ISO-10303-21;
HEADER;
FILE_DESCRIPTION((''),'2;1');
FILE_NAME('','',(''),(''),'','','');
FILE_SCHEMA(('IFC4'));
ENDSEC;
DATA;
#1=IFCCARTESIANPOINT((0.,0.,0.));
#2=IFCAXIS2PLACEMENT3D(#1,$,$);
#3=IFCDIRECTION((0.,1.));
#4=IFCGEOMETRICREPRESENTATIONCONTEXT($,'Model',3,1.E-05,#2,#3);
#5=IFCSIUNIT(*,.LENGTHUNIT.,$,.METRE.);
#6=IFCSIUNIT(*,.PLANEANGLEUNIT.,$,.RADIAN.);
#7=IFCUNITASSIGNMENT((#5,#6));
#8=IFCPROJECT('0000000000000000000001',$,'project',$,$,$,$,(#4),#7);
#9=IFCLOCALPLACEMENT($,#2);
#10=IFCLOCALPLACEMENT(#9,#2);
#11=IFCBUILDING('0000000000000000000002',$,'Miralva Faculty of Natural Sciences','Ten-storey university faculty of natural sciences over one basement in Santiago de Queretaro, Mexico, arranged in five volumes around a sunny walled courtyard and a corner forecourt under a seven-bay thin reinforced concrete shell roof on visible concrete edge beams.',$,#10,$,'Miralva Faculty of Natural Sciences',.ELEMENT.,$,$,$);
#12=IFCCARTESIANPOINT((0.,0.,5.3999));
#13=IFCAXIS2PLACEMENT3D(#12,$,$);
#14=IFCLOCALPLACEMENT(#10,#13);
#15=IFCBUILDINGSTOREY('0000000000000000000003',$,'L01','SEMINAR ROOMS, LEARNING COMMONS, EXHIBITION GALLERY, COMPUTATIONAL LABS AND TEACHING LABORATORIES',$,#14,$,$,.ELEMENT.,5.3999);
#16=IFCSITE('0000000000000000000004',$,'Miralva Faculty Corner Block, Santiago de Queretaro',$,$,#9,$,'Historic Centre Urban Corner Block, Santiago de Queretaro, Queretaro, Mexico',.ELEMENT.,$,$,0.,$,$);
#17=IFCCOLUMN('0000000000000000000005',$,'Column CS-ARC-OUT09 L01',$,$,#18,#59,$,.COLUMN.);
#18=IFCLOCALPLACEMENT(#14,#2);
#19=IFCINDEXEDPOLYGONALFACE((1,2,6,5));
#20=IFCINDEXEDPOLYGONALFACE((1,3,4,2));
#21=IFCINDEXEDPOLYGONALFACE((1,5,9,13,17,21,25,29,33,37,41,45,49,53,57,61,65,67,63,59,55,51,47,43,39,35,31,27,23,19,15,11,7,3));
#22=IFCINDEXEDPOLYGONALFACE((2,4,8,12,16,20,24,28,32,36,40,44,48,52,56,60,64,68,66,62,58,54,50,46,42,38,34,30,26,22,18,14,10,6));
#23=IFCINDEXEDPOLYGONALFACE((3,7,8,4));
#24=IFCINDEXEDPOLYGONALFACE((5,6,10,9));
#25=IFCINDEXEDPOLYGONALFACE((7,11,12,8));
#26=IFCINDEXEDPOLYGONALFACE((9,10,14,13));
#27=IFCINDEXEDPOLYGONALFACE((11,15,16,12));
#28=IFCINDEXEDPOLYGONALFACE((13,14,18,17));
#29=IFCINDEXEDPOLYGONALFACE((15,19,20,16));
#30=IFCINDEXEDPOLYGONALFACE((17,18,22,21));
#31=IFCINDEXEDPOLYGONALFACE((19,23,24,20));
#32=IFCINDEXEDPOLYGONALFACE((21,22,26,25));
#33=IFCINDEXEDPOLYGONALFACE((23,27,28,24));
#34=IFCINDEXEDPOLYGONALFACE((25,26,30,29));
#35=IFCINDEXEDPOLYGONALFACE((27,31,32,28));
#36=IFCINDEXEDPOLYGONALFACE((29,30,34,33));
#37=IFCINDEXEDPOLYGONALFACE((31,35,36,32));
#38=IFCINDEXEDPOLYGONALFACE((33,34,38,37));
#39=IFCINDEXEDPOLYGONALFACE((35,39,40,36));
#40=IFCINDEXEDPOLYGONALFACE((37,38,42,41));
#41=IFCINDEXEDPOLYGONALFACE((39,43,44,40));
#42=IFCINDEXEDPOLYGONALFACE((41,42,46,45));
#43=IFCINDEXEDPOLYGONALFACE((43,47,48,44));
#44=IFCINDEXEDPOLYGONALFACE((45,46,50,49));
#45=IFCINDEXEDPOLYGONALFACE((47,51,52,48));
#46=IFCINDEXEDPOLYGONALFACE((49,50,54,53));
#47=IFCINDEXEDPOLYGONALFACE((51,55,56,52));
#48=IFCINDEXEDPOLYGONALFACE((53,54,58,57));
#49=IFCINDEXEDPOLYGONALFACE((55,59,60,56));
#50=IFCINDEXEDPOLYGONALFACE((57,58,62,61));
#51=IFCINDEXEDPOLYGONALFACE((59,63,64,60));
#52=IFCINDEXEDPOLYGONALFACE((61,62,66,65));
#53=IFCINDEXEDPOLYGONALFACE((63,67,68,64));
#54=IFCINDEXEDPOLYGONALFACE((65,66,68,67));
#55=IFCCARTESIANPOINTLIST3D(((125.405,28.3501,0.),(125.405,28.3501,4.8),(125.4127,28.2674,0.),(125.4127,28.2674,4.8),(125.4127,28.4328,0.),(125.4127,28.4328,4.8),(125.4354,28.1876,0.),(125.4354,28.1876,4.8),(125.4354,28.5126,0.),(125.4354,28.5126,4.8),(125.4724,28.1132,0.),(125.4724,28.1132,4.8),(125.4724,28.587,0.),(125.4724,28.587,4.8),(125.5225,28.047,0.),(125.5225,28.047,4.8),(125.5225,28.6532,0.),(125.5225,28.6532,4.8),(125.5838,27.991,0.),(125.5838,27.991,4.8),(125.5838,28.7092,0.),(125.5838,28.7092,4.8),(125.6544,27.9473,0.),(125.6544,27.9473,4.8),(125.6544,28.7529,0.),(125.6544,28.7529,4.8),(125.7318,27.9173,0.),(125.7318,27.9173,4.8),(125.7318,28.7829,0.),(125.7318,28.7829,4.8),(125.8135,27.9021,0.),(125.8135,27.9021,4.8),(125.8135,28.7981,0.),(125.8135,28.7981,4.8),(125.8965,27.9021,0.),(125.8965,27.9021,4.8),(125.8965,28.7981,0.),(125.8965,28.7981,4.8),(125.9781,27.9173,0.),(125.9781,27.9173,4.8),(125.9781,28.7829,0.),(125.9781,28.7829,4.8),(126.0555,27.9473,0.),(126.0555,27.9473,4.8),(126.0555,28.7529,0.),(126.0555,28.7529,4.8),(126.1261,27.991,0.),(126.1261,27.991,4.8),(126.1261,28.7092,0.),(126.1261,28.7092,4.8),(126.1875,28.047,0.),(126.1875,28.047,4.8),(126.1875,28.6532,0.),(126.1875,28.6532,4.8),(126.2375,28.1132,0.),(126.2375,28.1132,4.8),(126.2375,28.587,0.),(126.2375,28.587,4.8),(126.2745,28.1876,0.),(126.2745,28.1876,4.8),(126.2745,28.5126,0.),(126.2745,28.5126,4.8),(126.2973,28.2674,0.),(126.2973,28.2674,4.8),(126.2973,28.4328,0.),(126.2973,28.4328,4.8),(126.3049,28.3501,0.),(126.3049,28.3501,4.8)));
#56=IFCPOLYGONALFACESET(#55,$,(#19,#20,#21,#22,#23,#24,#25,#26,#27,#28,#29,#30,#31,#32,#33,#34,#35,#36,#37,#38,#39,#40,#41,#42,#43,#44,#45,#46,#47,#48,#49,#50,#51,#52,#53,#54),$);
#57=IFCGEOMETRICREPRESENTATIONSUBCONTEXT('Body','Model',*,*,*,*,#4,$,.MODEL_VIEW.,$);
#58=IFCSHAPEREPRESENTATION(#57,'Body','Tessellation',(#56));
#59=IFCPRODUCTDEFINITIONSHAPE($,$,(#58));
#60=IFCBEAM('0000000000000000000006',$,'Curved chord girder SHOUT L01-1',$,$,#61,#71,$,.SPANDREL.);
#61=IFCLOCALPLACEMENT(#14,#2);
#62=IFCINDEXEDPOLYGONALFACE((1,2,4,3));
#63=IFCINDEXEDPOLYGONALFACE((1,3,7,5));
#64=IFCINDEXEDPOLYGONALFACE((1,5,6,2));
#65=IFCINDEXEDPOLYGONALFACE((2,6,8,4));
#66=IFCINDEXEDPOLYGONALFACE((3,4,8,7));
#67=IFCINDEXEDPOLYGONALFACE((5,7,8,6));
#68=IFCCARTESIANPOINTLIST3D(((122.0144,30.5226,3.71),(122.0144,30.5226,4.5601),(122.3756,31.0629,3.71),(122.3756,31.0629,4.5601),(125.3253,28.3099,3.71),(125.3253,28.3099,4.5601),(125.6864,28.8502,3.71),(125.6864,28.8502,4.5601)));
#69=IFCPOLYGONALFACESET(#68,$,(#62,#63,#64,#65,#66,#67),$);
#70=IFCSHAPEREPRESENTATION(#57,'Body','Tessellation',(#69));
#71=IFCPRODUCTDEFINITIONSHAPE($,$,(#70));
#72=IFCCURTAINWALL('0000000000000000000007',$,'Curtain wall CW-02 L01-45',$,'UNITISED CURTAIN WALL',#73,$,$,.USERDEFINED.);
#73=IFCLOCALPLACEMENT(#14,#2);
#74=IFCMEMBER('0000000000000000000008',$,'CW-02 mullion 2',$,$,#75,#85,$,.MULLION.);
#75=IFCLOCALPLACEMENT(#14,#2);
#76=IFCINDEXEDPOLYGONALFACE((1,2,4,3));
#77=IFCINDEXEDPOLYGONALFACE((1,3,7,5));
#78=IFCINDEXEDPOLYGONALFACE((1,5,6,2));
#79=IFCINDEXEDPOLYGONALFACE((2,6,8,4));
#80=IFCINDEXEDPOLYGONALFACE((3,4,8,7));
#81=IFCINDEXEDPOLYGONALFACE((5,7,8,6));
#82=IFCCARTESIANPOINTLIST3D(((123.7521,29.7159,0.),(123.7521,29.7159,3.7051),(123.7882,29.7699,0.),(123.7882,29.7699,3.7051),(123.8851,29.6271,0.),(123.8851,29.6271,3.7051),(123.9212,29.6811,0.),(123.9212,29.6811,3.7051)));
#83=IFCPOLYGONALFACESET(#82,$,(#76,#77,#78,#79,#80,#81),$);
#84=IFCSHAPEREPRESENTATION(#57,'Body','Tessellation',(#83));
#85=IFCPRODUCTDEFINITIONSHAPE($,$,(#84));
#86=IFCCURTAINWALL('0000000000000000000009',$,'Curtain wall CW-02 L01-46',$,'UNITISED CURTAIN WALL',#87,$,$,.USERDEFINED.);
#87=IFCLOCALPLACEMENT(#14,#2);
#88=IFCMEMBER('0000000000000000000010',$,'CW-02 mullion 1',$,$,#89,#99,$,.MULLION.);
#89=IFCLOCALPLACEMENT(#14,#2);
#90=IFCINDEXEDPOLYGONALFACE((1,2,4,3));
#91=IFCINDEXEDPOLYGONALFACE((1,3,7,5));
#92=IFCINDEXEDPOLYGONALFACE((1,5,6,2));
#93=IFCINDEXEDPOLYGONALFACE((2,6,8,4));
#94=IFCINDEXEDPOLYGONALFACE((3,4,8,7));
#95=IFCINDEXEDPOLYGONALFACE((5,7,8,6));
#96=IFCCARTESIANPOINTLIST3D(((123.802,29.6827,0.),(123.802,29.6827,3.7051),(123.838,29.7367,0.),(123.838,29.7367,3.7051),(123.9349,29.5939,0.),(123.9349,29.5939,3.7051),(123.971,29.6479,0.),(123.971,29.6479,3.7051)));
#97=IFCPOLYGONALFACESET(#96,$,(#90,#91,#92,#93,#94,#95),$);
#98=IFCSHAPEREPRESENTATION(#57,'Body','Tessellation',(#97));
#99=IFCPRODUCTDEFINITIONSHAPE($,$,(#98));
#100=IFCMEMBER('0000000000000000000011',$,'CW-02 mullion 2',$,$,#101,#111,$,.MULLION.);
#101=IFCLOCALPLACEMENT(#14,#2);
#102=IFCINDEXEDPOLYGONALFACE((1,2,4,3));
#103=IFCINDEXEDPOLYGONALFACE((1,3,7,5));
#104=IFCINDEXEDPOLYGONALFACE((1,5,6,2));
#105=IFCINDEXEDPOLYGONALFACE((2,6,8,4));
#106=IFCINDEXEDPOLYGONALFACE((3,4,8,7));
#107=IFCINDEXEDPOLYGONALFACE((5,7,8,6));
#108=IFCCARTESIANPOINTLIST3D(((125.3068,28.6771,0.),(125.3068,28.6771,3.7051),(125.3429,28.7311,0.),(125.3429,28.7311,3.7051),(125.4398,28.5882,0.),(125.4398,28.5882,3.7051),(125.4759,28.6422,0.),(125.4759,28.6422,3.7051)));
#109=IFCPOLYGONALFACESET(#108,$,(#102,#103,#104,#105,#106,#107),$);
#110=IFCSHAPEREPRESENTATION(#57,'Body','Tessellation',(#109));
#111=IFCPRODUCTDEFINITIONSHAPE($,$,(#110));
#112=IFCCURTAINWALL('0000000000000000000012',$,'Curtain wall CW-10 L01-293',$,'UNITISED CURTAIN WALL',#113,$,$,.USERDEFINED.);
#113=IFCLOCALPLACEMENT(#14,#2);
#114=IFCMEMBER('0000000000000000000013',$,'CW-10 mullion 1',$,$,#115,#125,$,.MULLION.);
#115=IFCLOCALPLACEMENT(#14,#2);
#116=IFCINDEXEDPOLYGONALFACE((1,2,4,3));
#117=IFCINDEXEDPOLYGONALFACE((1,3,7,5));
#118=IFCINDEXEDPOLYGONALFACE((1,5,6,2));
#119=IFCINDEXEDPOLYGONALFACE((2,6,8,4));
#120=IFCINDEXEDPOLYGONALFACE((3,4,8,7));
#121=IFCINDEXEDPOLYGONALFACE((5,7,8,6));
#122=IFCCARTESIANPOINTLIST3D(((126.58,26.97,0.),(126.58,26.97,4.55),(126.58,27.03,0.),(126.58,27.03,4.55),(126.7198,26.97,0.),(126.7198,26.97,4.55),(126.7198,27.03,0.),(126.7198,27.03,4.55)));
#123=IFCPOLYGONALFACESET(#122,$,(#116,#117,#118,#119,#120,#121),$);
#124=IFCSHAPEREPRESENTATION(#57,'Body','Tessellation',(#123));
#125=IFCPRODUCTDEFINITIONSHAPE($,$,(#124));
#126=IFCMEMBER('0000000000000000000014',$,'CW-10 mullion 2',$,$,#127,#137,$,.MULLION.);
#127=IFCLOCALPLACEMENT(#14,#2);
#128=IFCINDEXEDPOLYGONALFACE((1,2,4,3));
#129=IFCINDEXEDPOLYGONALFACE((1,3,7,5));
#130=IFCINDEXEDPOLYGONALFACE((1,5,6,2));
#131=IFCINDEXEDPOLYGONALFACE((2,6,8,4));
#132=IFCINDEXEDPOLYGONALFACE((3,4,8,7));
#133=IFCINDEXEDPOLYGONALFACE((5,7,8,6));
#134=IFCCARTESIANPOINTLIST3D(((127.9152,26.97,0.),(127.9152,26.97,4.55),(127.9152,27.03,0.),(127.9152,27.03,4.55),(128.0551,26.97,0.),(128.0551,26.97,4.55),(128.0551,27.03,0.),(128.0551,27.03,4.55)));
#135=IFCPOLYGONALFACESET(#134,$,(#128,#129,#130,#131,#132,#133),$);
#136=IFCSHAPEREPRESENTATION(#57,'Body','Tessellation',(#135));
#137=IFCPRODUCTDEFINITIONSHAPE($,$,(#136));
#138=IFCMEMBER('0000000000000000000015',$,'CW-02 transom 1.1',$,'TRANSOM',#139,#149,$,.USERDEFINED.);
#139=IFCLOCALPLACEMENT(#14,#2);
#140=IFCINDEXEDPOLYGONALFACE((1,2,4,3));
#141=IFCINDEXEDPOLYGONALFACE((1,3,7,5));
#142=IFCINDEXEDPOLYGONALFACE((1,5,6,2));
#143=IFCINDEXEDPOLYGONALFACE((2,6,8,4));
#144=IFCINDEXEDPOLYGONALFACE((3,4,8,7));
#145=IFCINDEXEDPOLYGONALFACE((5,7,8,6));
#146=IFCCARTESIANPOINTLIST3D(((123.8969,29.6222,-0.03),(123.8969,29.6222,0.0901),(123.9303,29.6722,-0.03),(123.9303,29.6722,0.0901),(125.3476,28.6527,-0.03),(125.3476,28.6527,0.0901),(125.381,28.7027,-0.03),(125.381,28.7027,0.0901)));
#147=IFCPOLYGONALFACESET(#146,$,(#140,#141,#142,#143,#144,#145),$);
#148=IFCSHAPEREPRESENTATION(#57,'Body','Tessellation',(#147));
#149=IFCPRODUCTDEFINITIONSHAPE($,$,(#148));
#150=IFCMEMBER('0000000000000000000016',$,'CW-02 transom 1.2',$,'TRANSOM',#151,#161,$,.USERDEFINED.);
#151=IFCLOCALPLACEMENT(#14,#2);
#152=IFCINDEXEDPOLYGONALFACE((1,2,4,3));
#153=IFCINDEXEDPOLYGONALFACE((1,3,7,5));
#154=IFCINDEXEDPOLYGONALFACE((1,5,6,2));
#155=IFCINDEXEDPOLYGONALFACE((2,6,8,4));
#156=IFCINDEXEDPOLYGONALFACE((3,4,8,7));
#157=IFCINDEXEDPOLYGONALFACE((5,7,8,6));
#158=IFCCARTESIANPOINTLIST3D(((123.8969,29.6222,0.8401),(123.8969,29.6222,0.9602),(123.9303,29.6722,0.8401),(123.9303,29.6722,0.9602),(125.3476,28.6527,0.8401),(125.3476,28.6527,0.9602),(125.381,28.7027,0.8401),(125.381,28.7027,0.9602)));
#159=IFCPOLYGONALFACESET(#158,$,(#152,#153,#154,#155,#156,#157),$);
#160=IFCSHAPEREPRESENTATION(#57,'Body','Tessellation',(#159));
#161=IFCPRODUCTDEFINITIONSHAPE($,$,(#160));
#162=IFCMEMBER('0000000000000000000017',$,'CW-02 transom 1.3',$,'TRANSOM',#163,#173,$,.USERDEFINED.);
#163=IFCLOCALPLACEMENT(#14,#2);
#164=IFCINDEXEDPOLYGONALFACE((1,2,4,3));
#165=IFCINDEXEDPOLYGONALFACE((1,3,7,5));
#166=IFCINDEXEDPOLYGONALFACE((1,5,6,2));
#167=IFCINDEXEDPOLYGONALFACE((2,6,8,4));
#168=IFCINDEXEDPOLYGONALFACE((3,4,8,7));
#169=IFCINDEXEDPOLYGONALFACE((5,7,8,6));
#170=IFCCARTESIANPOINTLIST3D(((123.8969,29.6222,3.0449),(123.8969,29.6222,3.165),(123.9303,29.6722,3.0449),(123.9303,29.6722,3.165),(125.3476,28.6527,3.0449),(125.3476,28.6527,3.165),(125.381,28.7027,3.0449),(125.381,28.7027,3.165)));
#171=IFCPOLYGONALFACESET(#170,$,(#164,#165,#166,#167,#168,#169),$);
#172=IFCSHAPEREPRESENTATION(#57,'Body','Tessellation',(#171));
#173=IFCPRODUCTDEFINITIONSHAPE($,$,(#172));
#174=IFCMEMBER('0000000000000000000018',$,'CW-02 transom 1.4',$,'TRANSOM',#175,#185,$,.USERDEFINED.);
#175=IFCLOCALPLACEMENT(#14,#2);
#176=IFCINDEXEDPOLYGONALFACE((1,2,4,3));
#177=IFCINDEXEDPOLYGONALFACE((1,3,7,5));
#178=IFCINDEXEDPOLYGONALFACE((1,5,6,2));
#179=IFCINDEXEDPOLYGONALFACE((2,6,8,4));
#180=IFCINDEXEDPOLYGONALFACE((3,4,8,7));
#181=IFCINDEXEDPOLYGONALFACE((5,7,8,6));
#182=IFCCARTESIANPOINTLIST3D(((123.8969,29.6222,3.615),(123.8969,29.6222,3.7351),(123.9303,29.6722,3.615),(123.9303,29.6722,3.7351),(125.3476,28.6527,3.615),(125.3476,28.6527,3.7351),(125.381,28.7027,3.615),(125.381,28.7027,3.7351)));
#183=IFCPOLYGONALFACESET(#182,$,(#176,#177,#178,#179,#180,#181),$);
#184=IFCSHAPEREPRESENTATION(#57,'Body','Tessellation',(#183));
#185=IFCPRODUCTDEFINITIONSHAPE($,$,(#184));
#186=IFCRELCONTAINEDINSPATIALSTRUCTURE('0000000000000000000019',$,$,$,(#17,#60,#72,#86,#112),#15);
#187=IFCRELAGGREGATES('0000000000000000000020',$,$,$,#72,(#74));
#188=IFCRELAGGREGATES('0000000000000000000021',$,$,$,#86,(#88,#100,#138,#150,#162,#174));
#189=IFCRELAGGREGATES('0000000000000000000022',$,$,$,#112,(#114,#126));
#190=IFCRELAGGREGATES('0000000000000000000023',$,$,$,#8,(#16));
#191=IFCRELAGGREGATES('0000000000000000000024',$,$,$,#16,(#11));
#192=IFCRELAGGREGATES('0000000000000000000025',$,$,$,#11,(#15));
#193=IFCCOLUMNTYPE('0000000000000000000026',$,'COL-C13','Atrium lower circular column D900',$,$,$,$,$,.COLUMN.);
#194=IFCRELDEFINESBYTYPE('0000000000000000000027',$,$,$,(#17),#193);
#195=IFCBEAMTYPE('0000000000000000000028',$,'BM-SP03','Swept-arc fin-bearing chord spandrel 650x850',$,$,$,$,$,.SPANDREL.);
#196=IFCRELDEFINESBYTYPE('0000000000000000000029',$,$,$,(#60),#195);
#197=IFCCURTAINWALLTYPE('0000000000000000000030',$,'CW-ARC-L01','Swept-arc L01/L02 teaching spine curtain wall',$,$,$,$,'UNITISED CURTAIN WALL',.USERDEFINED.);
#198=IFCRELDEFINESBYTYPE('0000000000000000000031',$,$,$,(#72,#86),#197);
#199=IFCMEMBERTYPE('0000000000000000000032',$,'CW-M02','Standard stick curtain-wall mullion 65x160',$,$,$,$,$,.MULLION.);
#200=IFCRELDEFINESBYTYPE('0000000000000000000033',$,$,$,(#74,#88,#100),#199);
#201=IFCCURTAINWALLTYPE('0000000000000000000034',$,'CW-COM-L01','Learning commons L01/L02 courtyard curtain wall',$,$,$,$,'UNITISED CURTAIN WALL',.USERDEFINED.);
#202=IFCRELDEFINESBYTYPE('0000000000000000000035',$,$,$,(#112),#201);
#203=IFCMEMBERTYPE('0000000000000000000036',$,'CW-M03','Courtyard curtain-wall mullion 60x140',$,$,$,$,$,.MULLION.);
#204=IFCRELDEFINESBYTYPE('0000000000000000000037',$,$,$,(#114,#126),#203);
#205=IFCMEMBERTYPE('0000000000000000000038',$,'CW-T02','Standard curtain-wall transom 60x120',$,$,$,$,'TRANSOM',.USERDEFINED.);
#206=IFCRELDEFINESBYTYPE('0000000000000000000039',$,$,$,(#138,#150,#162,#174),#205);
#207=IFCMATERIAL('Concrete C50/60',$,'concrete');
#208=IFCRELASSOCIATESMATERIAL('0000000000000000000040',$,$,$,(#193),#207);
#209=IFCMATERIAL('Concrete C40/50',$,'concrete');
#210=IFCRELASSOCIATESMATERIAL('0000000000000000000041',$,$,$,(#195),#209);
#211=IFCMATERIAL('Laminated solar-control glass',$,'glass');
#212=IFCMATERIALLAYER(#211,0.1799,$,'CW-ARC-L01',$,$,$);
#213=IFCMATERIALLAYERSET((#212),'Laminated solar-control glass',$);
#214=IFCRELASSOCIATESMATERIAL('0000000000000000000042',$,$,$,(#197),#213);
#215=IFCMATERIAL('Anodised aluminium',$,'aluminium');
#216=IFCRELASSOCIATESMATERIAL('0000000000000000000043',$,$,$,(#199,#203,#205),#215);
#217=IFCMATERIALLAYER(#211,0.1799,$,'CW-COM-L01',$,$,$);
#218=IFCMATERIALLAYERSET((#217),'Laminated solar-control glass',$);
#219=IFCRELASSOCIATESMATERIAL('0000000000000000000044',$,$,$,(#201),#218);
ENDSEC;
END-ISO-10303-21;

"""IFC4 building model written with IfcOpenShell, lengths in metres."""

from ifc_helpers import new_model, si_unit, direction, frame, origin, origin_2d, place, context, subcontext, project, spatial, rectangle, circle, extrude, material, layer, layer_set, material_profile, profile_set, type_object, element, aggregate, save


model = new_model("IFC4")

# Units and contexts
model_context = context("Model", 3, precision=1e-05, world=origin(), true_north=direction((0.0, 1.0)))
body_context = subcontext(model_context, "Body", "Model", "MODEL_VIEW")
ifc_project = project(units=[si_unit("LENGTHUNIT", "METRE"), si_unit("PLANEANGLEUNIT", "RADIAN")], contexts=[model_context])

# Site, building, storey
site_placement = place(None, origin())
site = spatial("IfcSite", under=ifc_project, at=site_placement, Name="Miralva Faculty Corner Block, Santiago de Queretaro", LongName="Historic Centre Urban Corner Block, Santiago de Queretaro, Queretaro, Mexico", CompositionType="ELEMENT", RefElevation=0.0)
building_placement = place(site_placement, origin())
building = spatial("IfcBuilding", under=site, at=building_placement, Name="Miralva Faculty of Natural Sciences", Description="Ten-storey university faculty of natural sciences over one basement in Santiago de Queretaro, Mexico, arranged in five volumes around a sunny walled courtyard and a corner forecourt under a seven-bay thin reinforced concrete shell roof on visible concrete edge beams.", LongName="Miralva Faculty of Natural Sciences", CompositionType="ELEMENT")
storey_placement = place(building_placement, frame((0.0, 0.0, 5.3999)))
storey = spatial("IfcBuildingStorey", under=building, at=storey_placement, Name="L01", Description="SEMINAR ROOMS, LEARNING COMMONS, EXHIBITION GALLERY, COMPUTATIONAL LABS AND TEACHING LABORATORIES", CompositionType="ELEMENT", Elevation=5.3999)

# Column
ifc_material_1 = material(Name="Concrete C50/60", Category="concrete")
ifc_material_profile_1 = material_profile(ifc_material_1, circle(Radius=0.45, at=origin_2d()), Name="RC DIA 900")
ifc_profile_set_1 = profile_set([ifc_material_profile_1], Name="Concrete C50/60")
column_type = type_object("IfcColumnType", Name="COL-C13", Description="Atrium lower circular column D900", PredefinedType="COLUMN", material=ifc_profile_set_1)
column_placement = place(storey_placement, frame((125.855, 28.3501, 0.0), z_axis=(0.0, 0.0, 1.0), x_axis=(1.0, 0.0, 0.0)))
element("IfcColumn", 1, at=column_placement, inside=storey, type_object=column_type, Name="Column CS-ARC-OUT09 L01", PredefinedType="COLUMN", context=body_context, shape_type="SweptSolid", body=[
    extrude(circle(Radius=0.45, at=origin_2d()), origin(), (0.0, 0.0, 1.0), 4.8),
])

# Beam
ifc_material_2 = material(Name="Concrete C40/50", Category="concrete")
ifc_material_profile_2 = material_profile(ifc_material_2, rectangle(XDim=0.6499, YDim=0.8501, at=origin_2d()), Name="RC 650x850")
ifc_profile_set_2 = profile_set([ifc_material_profile_2], Name="Concrete C40/50")
beam_type = type_object("IfcBeamType", Name="BM-SP03", Description="Swept-arc fin-bearing chord spandrel 650x850", PredefinedType="SPANDREL", material=ifc_profile_set_2)
beam_placement = place(storey_placement, frame((125.5059, 28.5801, 4.135), z_axis=(-0.831418, 0.555648, 0.0), x_axis=(-0.555648, -0.831418, 0.0)))
element("IfcBeam", 2, at=beam_placement, inside=storey, type_object=beam_type, Name="Curved chord girder SHOUT L01-1", PredefinedType="SPANDREL", context=body_context, shape_type="SweptSolid", body=[
    extrude(rectangle(XDim=0.6499, YDim=0.8501, at=origin_2d()), origin(), (0.0, 0.0, 1.0), 3.9822),
])

# Curtain wall, member
ifc_material_3 = material(Name="Laminated solar-control glass", Category="glass")
ifc_layer_1 = layer(ifc_material_3, 0.1799, Name="CW-ARC-L01")
ifc_layer_set_1 = layer_set([ifc_layer_1], Name="Laminated solar-control glass")
curtain_wall_type_1 = type_object("IfcCurtainWallType", Name="CW-ARC-L01", Description="Swept-arc L01/L02 teaching spine curtain wall", ElementType="UNITISED CURTAIN WALL", PredefinedType="USERDEFINED", material=ifc_layer_set_1)
curtain_wall_1_placement = place(storey_placement, origin())
curtain_wall_1 = element("IfcCurtainWall", 3, at=curtain_wall_1_placement, inside=storey, type_object=curtain_wall_type_1, Name="Curtain wall CW-02 L01-45", ObjectType="UNITISED CURTAIN WALL", PredefinedType="USERDEFINED")
ifc_material_4 = material(Name="Anodised aluminium", Category="aluminium")
ifc_material_profile_3 = material_profile(ifc_material_4, rectangle(XDim=0.0649, YDim=0.1599, at=origin_2d()), Name="MULLION 65x160")
ifc_profile_set_3 = profile_set([ifc_material_profile_3], Name="Anodised aluminium")
member_type_1 = type_object("IfcMemberType", Name="CW-M02", Description="Standard stick curtain-wall mullion 65x160", PredefinedType="MULLION", material=ifc_profile_set_3)
member_1_placement = place(storey_placement, frame((123.8367, 29.6985, 0.0), z_axis=(0.0, 0.0, 1.0), x_axis=(0.555562, 0.831475, 0.0)))
member_1 = element("IfcMember", 4, at=member_1_placement, type_object=member_type_1, Name="CW-02 mullion 2", PredefinedType="MULLION", context=body_context, shape_type="SweptSolid", body=[
    extrude(rectangle(XDim=0.0649, YDim=0.1599, at=origin_2d()), origin(), (0.0, 0.0, 1.0), 3.7051),
])

# Curtain walls, members
curtain_wall_2_placement = place(storey_placement, origin())
curtain_wall_2 = element("IfcCurtainWall", 5, at=curtain_wall_2_placement, inside=storey, type_object=curtain_wall_type_1, Name="Curtain wall CW-02 L01-46", ObjectType="UNITISED CURTAIN WALL", PredefinedType="USERDEFINED")
member_2_placement = place(storey_placement, frame((123.8865, 29.6653, 0.0), z_axis=(0.0, 0.0, 1.0), x_axis=(0.555562, 0.831475, 0.0)))
member_2 = element("IfcMember", 6, at=member_2_placement, type_object=member_type_1, Name="CW-02 mullion 1", PredefinedType="MULLION", context=body_context, shape_type="SweptSolid", body=[
    extrude(rectangle(XDim=0.0649, YDim=0.1599, at=origin_2d()), origin(), (0.0, 0.0, 1.0), 3.7051),
])
member_3_placement = place(storey_placement, frame((125.3914, 28.6597, 0.0), z_axis=(0.0, 0.0, 1.0), x_axis=(0.555562, 0.831475, 0.0)))
member_3 = element("IfcMember", 7, at=member_3_placement, type_object=member_type_1, Name="CW-02 mullion 2", PredefinedType="MULLION", context=body_context, shape_type="SweptSolid", body=[
    extrude(rectangle(XDim=0.0649, YDim=0.1599, at=origin_2d()), origin(), (0.0, 0.0, 1.0), 3.7051),
])
ifc_layer_2 = layer(ifc_material_3, 0.1799, Name="CW-COM-L01")
ifc_layer_set_2 = layer_set([ifc_layer_2], Name="Laminated solar-control glass")
curtain_wall_type_2 = type_object("IfcCurtainWallType", Name="CW-COM-L01", Description="Learning commons L01/L02 courtyard curtain wall", ElementType="UNITISED CURTAIN WALL", PredefinedType="USERDEFINED", material=ifc_layer_set_2)
curtain_wall_3_placement = place(storey_placement, origin())
curtain_wall_3 = element("IfcCurtainWall", 8, at=curtain_wall_3_placement, inside=storey, type_object=curtain_wall_type_2, Name="Curtain wall CW-10 L01-293", ObjectType="UNITISED CURTAIN WALL", PredefinedType="USERDEFINED")
ifc_material_profile_4 = material_profile(ifc_material_4, rectangle(XDim=0.0601, YDim=0.1399, at=origin_2d()), Name="MULLION 60x140")
ifc_profile_set_4 = profile_set([ifc_material_profile_4], Name="Anodised aluminium")
member_type_2 = type_object("IfcMemberType", Name="CW-M03", Description="Courtyard curtain-wall mullion 60x140", PredefinedType="MULLION", material=ifc_profile_set_4)
member_4_placement = place(storey_placement, frame((126.6499, 27.0, 0.0), z_axis=(0.0, 0.0, 1.0), x_axis=(0.0, 1.0, 0.0)))
member_4 = element("IfcMember", 9, at=member_4_placement, type_object=member_type_2, Name="CW-10 mullion 1", PredefinedType="MULLION", context=body_context, shape_type="SweptSolid", body=[
    extrude(rectangle(XDim=0.0601, YDim=0.1399, at=origin_2d()), origin(), (0.0, 0.0, 1.0), 4.55),
])
member_5_placement = place(storey_placement, frame((127.9851, 27.0, 0.0), z_axis=(0.0, 0.0, 1.0), x_axis=(0.0, 1.0, 0.0)))
member_5 = element("IfcMember", 10, at=member_5_placement, type_object=member_type_2, Name="CW-10 mullion 2", PredefinedType="MULLION", context=body_context, shape_type="SweptSolid", body=[
    extrude(rectangle(XDim=0.0601, YDim=0.1399, at=origin_2d()), origin(), (0.0, 0.0, 1.0), 4.55),
])

# Members
ifc_material_profile_5 = material_profile(ifc_material_4, rectangle(XDim=0.0601, YDim=0.1201, at=origin_2d()), Name="TRANSOM 60x120")
ifc_profile_set_5 = profile_set([ifc_material_profile_5], Name="Anodised aluminium")
member_type_3 = type_object("IfcMemberType", Name="CW-T02", Description="Standard curtain-wall transom 60x120", ElementType="TRANSOM", PredefinedType="USERDEFINED", material=ifc_profile_set_5)
member_6_placement = place(storey_placement, frame((123.9136, 29.6472, 0.03), z_axis=(0.831425, -0.555636, 0.0), x_axis=(0.555636, 0.831425, 0.0)))
member_6 = element("IfcMember", 11, at=member_6_placement, type_object=member_type_3, Name="CW-02 transom 1.1", ObjectType="TRANSOM", PredefinedType="USERDEFINED", context=body_context, shape_type="SweptSolid", body=[
    extrude(rectangle(XDim=0.0601, YDim=0.1201, at=origin_2d()), origin(), (0.0, 0.0, 1.0), 1.7449),
])
member_7_placement = place(storey_placement, frame((123.9136, 29.6472, 0.9001), z_axis=(0.831425, -0.555636, 0.0), x_axis=(0.555636, 0.831425, 0.0)))
member_7 = element("IfcMember", 12, at=member_7_placement, type_object=member_type_3, Name="CW-02 transom 1.2", ObjectType="TRANSOM", PredefinedType="USERDEFINED", context=body_context, shape_type="SweptSolid", body=[
    extrude(rectangle(XDim=0.0601, YDim=0.1201, at=origin_2d()), origin(), (0.0, 0.0, 1.0), 1.7449),
])
member_8_placement = place(storey_placement, frame((123.9136, 29.6472, 3.105), z_axis=(0.831425, -0.555636, 0.0), x_axis=(0.555636, 0.831425, 0.0)))
member_8 = element("IfcMember", 13, at=member_8_placement, type_object=member_type_3, Name="CW-02 transom 1.3", ObjectType="TRANSOM", PredefinedType="USERDEFINED", context=body_context, shape_type="SweptSolid", body=[
    extrude(rectangle(XDim=0.0601, YDim=0.1201, at=origin_2d()), origin(), (0.0, 0.0, 1.0), 1.7449),
])
member_9_placement = place(storey_placement, frame((123.9136, 29.6472, 3.675), z_axis=(0.831425, -0.555636, 0.0), x_axis=(0.555636, 0.831425, 0.0)))
member_9 = element("IfcMember", 14, at=member_9_placement, type_object=member_type_3, Name="CW-02 transom 1.4", ObjectType="TRANSOM", PredefinedType="USERDEFINED", context=body_context, shape_type="SweptSolid", body=[
    extrude(rectangle(XDim=0.0601, YDim=0.1201, at=origin_2d()), origin(), (0.0, 0.0, 1.0), 1.7449),
])

aggregate(curtain_wall_1, [member_1])
aggregate(curtain_wall_2, [member_2, member_3, member_6, member_7, member_8, member_9])
aggregate(curtain_wall_3, [member_4, member_5])

save(model, "model.ifc")
